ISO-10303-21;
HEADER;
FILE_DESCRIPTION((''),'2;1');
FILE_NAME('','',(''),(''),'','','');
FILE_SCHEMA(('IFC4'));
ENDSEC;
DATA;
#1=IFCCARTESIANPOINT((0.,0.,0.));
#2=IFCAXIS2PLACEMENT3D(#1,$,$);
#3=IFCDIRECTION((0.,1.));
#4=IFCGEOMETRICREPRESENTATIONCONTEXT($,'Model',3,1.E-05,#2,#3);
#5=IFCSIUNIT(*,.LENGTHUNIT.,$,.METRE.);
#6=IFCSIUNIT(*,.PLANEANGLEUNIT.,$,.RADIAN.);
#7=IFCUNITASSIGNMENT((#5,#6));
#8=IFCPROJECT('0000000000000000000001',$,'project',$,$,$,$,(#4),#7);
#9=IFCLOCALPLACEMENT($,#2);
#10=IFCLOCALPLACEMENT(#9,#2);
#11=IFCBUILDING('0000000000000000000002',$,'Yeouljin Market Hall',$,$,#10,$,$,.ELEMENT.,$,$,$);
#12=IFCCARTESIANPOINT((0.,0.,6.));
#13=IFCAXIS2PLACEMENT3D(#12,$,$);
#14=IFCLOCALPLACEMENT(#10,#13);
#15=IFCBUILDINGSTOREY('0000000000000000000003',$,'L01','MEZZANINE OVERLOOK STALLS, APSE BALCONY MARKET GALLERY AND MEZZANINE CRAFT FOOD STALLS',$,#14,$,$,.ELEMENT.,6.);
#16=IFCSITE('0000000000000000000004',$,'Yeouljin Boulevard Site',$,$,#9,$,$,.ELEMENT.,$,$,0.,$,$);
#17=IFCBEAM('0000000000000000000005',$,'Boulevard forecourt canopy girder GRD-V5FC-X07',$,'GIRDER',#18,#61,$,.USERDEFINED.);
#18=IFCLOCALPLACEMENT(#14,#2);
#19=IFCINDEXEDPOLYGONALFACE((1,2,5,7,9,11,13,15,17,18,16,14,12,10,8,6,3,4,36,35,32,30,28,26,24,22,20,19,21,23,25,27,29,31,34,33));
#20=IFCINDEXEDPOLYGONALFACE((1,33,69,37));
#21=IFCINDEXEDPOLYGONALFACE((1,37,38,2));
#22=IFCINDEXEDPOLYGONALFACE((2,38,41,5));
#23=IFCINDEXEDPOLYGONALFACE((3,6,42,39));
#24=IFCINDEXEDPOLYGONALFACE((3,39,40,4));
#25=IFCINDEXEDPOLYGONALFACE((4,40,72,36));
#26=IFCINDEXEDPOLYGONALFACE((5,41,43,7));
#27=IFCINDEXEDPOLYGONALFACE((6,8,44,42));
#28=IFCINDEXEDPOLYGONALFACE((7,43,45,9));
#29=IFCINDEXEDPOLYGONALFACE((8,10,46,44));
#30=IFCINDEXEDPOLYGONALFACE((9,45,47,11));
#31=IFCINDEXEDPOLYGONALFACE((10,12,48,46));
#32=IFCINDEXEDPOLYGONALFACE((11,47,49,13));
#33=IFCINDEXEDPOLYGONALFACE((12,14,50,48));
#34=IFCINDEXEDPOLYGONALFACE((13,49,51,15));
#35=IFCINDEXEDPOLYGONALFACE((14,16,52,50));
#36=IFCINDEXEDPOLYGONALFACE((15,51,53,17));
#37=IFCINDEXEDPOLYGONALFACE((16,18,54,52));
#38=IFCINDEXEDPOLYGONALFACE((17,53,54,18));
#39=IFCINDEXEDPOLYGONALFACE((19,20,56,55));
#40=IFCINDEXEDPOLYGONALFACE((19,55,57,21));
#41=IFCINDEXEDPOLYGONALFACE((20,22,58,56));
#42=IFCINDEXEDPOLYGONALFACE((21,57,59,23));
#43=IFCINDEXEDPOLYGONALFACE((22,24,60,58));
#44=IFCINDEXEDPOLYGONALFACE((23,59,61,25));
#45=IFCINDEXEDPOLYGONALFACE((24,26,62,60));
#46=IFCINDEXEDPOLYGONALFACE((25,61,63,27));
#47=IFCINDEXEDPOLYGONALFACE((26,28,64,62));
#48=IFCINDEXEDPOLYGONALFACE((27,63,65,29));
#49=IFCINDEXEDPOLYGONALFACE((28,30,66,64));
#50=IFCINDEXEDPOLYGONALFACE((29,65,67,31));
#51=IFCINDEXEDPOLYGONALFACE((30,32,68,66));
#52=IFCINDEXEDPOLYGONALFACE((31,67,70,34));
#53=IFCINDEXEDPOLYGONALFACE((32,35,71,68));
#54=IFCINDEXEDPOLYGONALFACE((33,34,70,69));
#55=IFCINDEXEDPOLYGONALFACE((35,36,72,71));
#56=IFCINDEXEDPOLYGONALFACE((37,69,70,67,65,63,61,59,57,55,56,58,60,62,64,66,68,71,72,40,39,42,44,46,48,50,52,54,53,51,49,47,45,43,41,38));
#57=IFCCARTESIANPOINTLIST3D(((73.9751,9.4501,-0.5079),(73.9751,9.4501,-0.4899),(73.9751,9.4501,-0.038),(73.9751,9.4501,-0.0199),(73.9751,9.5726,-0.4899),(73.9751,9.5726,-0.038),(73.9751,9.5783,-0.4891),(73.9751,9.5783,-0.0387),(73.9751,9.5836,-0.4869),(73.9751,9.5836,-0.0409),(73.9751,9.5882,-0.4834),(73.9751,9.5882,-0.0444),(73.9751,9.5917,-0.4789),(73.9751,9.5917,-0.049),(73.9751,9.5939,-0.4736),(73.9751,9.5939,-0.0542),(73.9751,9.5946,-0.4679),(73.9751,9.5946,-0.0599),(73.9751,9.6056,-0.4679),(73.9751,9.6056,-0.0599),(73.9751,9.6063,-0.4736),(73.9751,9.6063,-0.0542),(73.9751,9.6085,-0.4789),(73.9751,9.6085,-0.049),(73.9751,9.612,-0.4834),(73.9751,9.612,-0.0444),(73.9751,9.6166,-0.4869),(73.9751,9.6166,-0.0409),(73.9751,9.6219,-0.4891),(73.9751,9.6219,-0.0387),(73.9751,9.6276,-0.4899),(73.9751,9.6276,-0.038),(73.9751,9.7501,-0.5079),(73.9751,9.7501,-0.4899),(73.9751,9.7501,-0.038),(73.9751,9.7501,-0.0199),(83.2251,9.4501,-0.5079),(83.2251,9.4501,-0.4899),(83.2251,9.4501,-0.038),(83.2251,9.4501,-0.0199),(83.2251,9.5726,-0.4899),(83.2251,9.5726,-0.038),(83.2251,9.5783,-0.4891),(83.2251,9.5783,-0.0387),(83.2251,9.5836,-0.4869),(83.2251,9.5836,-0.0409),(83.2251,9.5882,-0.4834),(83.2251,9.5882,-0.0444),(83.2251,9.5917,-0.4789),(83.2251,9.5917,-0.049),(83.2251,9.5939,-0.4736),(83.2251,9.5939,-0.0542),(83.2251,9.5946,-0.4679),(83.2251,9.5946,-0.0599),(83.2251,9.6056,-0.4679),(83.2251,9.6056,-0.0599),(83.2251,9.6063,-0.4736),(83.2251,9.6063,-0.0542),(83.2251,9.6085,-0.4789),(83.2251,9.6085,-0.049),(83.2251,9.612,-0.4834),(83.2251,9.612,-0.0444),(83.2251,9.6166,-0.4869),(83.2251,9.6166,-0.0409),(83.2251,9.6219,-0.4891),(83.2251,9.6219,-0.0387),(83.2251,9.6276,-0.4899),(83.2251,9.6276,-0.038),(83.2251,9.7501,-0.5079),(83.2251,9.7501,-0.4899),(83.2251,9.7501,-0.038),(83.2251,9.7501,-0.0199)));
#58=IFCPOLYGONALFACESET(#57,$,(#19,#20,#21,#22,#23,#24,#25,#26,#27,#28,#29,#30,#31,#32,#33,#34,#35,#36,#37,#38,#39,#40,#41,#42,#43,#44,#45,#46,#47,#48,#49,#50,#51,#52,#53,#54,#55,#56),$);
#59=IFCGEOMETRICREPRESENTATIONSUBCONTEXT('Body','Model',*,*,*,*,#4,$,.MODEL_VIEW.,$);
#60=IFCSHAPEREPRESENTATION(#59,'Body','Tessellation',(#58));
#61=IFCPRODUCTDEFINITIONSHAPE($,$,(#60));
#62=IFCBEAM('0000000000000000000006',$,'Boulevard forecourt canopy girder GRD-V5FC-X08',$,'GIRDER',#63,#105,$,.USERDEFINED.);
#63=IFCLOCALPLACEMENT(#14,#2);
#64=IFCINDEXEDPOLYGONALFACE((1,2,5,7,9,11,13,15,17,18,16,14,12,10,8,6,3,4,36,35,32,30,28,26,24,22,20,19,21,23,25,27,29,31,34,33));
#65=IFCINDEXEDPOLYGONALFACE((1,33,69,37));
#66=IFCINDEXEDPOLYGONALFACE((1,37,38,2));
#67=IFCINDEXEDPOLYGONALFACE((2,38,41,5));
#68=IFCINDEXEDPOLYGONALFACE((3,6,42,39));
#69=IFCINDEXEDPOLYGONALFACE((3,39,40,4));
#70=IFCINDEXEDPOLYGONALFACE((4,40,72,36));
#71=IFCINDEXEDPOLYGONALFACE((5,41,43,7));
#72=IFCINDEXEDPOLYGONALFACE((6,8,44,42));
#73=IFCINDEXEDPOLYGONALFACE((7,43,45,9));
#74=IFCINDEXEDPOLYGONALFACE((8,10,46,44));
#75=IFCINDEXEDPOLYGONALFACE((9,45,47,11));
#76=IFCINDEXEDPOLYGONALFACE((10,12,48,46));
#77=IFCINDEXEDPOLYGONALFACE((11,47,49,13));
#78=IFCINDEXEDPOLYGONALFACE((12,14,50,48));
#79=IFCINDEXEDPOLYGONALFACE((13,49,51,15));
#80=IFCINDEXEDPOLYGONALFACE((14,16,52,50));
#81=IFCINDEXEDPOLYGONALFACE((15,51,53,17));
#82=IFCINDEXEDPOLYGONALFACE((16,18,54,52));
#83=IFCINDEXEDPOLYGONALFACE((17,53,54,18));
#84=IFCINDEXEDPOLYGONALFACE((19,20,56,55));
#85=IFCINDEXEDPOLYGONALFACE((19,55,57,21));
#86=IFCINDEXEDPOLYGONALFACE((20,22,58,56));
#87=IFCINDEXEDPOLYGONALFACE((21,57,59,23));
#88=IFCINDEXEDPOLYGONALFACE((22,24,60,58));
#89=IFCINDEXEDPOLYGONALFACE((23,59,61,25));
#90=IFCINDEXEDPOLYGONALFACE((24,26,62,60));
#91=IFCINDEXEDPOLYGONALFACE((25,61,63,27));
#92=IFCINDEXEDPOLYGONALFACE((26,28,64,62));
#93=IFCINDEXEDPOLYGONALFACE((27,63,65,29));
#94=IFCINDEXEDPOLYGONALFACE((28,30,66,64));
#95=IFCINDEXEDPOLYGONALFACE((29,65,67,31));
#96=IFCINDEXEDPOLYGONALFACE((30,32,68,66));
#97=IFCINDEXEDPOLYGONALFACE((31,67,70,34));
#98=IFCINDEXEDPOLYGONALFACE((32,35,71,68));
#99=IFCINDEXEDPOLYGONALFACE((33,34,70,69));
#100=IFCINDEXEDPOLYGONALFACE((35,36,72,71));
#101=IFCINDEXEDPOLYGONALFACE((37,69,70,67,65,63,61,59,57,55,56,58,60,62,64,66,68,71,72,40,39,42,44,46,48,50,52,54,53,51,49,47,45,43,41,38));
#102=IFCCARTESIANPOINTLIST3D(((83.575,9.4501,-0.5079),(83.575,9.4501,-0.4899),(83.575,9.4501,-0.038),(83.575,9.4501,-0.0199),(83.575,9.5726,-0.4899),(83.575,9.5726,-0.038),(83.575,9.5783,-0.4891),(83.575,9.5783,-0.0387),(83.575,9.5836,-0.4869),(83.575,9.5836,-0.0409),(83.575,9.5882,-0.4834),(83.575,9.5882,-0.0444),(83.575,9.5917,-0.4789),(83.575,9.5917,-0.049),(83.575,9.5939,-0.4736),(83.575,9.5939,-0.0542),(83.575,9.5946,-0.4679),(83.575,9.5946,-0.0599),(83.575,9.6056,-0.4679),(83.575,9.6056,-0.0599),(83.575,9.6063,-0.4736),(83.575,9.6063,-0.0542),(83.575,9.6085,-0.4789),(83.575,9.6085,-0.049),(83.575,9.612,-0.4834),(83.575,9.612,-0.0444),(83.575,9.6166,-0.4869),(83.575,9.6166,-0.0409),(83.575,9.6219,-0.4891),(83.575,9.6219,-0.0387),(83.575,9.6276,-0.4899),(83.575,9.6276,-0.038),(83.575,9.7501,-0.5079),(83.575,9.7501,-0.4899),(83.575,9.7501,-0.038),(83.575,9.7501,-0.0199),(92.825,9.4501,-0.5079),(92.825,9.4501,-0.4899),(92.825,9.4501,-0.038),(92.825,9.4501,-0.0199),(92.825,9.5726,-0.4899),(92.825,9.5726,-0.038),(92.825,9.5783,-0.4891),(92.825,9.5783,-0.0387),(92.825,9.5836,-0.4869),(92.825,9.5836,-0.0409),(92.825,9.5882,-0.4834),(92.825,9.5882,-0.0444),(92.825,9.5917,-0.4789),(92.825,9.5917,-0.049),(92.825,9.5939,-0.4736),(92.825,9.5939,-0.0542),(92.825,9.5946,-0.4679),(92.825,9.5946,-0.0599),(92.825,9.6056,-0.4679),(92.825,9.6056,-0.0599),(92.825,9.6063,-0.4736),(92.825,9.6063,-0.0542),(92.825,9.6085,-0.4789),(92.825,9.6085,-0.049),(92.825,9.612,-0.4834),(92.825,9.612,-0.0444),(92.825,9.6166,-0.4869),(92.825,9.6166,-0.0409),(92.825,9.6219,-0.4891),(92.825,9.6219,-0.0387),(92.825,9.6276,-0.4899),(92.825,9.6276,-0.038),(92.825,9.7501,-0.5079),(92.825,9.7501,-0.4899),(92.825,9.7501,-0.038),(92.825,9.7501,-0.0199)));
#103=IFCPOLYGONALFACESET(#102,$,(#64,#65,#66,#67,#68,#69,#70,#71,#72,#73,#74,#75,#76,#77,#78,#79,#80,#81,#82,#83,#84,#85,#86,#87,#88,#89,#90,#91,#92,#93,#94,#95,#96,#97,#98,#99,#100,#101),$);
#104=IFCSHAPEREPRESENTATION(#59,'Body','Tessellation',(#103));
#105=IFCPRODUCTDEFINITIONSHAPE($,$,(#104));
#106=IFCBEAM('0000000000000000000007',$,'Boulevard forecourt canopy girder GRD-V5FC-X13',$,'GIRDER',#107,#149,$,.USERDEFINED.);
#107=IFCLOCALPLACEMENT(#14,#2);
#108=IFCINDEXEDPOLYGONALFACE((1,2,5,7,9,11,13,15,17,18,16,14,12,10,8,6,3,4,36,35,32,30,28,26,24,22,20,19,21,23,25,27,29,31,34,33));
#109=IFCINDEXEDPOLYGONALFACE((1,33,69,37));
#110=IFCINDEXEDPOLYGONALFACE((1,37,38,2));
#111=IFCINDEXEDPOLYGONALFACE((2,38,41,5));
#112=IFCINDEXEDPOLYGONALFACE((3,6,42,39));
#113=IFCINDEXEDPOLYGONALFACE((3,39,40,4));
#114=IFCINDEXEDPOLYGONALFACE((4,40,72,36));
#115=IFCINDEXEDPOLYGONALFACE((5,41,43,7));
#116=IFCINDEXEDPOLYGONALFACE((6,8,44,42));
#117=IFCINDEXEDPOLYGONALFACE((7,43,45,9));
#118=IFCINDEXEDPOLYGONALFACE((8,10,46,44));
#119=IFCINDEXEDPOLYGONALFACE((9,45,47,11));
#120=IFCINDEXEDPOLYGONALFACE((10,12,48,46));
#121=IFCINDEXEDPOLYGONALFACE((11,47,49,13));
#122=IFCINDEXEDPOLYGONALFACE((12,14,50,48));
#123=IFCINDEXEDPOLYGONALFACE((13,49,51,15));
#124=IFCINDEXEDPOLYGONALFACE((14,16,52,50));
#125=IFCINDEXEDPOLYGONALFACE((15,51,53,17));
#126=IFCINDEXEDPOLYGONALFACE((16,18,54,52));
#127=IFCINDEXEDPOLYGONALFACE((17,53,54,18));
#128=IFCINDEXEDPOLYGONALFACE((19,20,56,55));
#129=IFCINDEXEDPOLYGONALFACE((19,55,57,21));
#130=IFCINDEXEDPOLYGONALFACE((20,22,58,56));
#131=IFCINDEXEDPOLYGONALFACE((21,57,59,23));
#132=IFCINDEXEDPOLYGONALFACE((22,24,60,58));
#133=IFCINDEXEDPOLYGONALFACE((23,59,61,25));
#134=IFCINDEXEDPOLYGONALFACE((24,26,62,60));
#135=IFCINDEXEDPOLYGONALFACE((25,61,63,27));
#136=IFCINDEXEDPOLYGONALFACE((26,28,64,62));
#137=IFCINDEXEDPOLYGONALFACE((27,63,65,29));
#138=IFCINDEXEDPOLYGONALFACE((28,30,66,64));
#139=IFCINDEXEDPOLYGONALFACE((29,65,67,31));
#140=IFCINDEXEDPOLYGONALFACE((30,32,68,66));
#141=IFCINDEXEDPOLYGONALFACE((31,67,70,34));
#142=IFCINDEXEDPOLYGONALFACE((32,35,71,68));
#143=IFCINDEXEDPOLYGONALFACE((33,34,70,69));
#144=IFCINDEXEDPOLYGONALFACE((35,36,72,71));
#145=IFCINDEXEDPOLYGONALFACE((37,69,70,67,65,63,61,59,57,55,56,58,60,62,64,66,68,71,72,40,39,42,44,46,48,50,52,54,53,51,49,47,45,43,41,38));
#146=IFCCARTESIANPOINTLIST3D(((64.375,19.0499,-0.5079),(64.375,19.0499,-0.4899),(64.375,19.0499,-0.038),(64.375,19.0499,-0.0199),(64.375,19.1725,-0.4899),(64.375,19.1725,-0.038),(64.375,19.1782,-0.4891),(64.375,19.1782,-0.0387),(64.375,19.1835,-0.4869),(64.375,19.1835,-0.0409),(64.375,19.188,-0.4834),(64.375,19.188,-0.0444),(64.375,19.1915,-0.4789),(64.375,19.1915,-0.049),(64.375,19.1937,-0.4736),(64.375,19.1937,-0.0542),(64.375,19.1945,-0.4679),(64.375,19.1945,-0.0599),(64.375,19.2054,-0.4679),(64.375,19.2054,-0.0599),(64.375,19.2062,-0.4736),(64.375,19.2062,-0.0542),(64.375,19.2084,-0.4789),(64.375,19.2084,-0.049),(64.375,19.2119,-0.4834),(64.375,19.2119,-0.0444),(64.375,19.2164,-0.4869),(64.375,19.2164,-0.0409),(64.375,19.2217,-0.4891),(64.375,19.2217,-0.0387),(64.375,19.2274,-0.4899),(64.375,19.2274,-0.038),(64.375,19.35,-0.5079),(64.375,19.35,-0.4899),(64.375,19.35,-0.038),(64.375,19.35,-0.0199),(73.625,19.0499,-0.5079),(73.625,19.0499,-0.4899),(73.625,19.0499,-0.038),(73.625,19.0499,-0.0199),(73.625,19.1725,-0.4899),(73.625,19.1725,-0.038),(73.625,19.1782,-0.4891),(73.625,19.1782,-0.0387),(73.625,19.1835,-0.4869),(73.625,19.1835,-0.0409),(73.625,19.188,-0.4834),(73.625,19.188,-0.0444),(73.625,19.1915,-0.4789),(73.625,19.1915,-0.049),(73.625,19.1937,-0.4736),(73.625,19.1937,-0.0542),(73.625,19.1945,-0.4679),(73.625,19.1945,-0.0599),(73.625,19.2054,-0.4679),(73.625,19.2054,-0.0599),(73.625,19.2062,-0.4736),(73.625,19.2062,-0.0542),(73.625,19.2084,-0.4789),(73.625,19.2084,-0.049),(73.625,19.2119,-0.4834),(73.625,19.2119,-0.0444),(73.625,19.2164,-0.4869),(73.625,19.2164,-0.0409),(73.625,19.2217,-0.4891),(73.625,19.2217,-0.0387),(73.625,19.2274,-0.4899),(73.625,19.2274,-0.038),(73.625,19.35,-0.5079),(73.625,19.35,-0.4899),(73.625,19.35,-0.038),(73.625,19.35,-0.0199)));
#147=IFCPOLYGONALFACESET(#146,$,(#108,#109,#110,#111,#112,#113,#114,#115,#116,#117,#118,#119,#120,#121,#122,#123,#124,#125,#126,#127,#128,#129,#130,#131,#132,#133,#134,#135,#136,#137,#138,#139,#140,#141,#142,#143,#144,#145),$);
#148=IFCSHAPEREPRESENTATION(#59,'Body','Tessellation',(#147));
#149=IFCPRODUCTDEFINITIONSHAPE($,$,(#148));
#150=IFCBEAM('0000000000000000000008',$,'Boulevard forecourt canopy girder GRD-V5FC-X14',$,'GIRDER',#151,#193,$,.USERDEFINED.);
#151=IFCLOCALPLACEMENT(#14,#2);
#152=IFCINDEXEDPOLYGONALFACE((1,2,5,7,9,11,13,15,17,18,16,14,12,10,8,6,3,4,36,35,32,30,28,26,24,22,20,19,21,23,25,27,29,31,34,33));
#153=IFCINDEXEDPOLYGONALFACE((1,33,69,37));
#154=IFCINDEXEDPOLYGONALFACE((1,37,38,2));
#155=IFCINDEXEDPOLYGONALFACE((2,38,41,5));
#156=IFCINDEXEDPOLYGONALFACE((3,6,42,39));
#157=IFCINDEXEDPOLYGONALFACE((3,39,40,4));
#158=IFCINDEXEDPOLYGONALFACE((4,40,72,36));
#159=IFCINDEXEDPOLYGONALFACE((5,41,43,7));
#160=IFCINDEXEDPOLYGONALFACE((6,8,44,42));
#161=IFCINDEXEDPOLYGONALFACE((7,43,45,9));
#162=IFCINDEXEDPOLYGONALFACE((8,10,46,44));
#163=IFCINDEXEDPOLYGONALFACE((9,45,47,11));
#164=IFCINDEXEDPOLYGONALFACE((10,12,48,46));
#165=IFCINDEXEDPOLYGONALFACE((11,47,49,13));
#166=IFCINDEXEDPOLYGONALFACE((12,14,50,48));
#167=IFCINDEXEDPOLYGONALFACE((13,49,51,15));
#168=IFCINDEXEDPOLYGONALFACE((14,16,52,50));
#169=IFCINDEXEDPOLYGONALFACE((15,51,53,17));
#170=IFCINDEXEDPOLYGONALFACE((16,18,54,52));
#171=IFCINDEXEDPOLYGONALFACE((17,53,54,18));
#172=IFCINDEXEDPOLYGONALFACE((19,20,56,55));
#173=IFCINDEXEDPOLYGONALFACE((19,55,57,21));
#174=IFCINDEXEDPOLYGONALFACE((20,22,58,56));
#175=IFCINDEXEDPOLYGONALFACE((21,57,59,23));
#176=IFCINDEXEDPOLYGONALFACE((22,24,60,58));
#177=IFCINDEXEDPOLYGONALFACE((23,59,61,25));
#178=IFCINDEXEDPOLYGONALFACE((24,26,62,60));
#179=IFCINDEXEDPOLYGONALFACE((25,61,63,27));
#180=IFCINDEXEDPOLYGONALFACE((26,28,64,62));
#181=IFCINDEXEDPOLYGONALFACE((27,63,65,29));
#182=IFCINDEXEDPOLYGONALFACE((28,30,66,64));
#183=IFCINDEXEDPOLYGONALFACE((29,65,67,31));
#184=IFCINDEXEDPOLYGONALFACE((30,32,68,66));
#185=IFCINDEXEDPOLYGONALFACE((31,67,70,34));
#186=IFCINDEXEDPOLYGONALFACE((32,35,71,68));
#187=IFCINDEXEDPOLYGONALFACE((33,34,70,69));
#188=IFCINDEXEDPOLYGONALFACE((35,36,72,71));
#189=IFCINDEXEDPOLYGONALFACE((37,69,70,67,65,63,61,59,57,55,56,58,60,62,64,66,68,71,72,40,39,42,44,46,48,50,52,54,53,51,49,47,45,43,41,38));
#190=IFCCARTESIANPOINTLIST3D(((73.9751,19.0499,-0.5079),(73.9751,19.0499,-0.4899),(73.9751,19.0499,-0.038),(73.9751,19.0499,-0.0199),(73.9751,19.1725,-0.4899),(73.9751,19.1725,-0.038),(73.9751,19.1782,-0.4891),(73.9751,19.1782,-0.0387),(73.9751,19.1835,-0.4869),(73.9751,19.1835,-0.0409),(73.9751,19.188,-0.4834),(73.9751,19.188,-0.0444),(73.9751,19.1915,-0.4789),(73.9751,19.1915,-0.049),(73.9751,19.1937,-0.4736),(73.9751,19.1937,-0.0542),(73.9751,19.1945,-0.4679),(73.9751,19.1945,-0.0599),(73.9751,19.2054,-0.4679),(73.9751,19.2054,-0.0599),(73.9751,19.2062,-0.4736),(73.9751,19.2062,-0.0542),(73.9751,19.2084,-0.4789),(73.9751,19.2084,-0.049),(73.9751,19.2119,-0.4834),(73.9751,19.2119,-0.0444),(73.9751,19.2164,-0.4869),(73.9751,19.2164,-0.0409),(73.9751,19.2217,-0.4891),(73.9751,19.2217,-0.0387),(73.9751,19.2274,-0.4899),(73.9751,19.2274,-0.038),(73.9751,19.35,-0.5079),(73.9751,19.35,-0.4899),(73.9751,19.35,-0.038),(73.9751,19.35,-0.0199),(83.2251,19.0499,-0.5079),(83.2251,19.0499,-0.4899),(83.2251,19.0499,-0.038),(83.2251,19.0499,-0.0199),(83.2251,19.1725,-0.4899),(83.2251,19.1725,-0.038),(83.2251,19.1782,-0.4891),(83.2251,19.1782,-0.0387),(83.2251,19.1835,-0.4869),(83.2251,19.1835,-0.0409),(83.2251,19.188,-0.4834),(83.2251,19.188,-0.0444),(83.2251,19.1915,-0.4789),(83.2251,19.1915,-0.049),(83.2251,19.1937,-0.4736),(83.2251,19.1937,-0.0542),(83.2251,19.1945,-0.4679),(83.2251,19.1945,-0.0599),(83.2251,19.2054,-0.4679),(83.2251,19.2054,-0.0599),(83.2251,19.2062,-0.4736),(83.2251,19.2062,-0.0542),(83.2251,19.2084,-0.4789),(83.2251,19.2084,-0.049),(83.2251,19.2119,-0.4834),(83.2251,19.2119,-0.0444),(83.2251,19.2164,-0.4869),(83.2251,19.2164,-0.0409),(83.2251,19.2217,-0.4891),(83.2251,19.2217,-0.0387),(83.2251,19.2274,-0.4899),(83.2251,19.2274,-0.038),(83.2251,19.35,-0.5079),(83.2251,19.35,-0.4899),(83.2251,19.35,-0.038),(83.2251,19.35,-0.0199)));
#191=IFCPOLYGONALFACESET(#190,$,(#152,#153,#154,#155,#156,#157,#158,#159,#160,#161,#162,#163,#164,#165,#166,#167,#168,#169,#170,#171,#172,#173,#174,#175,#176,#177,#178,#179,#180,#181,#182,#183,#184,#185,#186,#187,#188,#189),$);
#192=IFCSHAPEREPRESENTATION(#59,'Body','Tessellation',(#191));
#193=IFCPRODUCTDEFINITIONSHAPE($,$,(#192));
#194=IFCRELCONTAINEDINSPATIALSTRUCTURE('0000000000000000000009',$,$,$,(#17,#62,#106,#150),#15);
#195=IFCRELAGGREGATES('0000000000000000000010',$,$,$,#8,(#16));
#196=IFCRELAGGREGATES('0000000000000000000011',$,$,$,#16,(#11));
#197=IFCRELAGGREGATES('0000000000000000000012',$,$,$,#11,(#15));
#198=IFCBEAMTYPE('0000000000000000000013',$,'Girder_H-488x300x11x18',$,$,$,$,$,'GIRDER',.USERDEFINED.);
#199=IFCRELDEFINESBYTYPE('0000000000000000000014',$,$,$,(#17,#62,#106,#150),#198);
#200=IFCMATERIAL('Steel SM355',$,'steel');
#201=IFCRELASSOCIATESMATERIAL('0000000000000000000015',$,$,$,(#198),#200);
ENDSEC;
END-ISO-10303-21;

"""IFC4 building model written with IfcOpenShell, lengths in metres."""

from ifc_helpers import new_model, si_unit, direction, frame, origin, origin_2d, place, context, subcontext, project, spatial, i_section, extrude, material, material_profile, profile_set, type_object, element, save


model = new_model("IFC4")

# Units and contexts
model_context = context("Model", 3, precision=1e-05, world=origin(), true_north=direction((0.0, 1.0)))
body_context = subcontext(model_context, "Body", "Model", "MODEL_VIEW")
ifc_project = project(units=[si_unit("LENGTHUNIT", "METRE"), si_unit("PLANEANGLEUNIT", "RADIAN")], contexts=[model_context])

# Site, building, storey
site_placement = place(None, origin())
site = spatial("IfcSite", under=ifc_project, at=site_placement, Name="Yeouljin Boulevard Site", CompositionType="ELEMENT", RefElevation=0.0)
building_placement = place(site_placement, origin())
building = spatial("IfcBuilding", under=site, at=building_placement, Name="Yeouljin Market Hall", CompositionType="ELEMENT")
storey_placement = place(building_placement, frame((0.0, 0.0, 6.0)))
storey = spatial("IfcBuildingStorey", under=building, at=storey_placement, Name="L01", Description="MEZZANINE OVERLOOK STALLS, APSE BALCONY MARKET GALLERY AND MEZZANINE CRAFT FOOD STALLS", CompositionType="ELEMENT", Elevation=6.0)

# Beams
ifc_material_1 = material(Name="Steel SM355", Category="steel")
ifc_material_profile_1 = material_profile(ifc_material_1, i_section(OverallWidth=0.3, OverallDepth=0.488, WebThickness=0.011, FlangeThickness=0.0181, FilletRadius=0.022, at=origin_2d()), Name="H-488x300x11x18")
ifc_profile_set_1 = profile_set([ifc_material_profile_1], Name="Steel SM355")
beam_type_1 = type_object("IfcBeamType", Name="Girder_H-488x300x11x18", ElementType="GIRDER", PredefinedType="USERDEFINED", material=ifc_profile_set_1)
for number, where, z_axis, x_axis, name in (
    (1, (73.9751, 9.6001, -0.2639), (1.0, 0.0, 0.0), (0.0, 1.0, 0.0), "Boulevard forecourt canopy girder GRD-V5FC-X07"),
    (2, (83.575, 9.6001, -0.2639), (1.0, 0.0, 0.0), (0.0, 1.0, 0.0), "Boulevard forecourt canopy girder GRD-V5FC-X08"),
    (3, (64.375, 19.2, -0.2639), (1.0, 0.0, 0.0), (0.0, 1.0, 0.0), "Boulevard forecourt canopy girder GRD-V5FC-X13"),
    (4, (73.9751, 19.2, -0.2639), (1.0, 0.0, 0.0), (0.0, 1.0, 0.0), "Boulevard forecourt canopy girder GRD-V5FC-X14"),
):
    element("IfcBeam", number, at=place(storey_placement, frame(where, z_axis=z_axis, x_axis=x_axis)), inside=storey, type_object=beam_type_1, Name=name, ObjectType="GIRDER", PredefinedType="USERDEFINED", context=body_context, shape_type="SweptSolid", body=[
        extrude(i_section(OverallWidth=0.3, OverallDepth=0.488, WebThickness=0.011, FlangeThickness=0.0181, FilletRadius=0.022, at=origin_2d()), origin(), (0.0, 0.0, 1.0), 9.25),
    ])

save(model, "model.ifc")
